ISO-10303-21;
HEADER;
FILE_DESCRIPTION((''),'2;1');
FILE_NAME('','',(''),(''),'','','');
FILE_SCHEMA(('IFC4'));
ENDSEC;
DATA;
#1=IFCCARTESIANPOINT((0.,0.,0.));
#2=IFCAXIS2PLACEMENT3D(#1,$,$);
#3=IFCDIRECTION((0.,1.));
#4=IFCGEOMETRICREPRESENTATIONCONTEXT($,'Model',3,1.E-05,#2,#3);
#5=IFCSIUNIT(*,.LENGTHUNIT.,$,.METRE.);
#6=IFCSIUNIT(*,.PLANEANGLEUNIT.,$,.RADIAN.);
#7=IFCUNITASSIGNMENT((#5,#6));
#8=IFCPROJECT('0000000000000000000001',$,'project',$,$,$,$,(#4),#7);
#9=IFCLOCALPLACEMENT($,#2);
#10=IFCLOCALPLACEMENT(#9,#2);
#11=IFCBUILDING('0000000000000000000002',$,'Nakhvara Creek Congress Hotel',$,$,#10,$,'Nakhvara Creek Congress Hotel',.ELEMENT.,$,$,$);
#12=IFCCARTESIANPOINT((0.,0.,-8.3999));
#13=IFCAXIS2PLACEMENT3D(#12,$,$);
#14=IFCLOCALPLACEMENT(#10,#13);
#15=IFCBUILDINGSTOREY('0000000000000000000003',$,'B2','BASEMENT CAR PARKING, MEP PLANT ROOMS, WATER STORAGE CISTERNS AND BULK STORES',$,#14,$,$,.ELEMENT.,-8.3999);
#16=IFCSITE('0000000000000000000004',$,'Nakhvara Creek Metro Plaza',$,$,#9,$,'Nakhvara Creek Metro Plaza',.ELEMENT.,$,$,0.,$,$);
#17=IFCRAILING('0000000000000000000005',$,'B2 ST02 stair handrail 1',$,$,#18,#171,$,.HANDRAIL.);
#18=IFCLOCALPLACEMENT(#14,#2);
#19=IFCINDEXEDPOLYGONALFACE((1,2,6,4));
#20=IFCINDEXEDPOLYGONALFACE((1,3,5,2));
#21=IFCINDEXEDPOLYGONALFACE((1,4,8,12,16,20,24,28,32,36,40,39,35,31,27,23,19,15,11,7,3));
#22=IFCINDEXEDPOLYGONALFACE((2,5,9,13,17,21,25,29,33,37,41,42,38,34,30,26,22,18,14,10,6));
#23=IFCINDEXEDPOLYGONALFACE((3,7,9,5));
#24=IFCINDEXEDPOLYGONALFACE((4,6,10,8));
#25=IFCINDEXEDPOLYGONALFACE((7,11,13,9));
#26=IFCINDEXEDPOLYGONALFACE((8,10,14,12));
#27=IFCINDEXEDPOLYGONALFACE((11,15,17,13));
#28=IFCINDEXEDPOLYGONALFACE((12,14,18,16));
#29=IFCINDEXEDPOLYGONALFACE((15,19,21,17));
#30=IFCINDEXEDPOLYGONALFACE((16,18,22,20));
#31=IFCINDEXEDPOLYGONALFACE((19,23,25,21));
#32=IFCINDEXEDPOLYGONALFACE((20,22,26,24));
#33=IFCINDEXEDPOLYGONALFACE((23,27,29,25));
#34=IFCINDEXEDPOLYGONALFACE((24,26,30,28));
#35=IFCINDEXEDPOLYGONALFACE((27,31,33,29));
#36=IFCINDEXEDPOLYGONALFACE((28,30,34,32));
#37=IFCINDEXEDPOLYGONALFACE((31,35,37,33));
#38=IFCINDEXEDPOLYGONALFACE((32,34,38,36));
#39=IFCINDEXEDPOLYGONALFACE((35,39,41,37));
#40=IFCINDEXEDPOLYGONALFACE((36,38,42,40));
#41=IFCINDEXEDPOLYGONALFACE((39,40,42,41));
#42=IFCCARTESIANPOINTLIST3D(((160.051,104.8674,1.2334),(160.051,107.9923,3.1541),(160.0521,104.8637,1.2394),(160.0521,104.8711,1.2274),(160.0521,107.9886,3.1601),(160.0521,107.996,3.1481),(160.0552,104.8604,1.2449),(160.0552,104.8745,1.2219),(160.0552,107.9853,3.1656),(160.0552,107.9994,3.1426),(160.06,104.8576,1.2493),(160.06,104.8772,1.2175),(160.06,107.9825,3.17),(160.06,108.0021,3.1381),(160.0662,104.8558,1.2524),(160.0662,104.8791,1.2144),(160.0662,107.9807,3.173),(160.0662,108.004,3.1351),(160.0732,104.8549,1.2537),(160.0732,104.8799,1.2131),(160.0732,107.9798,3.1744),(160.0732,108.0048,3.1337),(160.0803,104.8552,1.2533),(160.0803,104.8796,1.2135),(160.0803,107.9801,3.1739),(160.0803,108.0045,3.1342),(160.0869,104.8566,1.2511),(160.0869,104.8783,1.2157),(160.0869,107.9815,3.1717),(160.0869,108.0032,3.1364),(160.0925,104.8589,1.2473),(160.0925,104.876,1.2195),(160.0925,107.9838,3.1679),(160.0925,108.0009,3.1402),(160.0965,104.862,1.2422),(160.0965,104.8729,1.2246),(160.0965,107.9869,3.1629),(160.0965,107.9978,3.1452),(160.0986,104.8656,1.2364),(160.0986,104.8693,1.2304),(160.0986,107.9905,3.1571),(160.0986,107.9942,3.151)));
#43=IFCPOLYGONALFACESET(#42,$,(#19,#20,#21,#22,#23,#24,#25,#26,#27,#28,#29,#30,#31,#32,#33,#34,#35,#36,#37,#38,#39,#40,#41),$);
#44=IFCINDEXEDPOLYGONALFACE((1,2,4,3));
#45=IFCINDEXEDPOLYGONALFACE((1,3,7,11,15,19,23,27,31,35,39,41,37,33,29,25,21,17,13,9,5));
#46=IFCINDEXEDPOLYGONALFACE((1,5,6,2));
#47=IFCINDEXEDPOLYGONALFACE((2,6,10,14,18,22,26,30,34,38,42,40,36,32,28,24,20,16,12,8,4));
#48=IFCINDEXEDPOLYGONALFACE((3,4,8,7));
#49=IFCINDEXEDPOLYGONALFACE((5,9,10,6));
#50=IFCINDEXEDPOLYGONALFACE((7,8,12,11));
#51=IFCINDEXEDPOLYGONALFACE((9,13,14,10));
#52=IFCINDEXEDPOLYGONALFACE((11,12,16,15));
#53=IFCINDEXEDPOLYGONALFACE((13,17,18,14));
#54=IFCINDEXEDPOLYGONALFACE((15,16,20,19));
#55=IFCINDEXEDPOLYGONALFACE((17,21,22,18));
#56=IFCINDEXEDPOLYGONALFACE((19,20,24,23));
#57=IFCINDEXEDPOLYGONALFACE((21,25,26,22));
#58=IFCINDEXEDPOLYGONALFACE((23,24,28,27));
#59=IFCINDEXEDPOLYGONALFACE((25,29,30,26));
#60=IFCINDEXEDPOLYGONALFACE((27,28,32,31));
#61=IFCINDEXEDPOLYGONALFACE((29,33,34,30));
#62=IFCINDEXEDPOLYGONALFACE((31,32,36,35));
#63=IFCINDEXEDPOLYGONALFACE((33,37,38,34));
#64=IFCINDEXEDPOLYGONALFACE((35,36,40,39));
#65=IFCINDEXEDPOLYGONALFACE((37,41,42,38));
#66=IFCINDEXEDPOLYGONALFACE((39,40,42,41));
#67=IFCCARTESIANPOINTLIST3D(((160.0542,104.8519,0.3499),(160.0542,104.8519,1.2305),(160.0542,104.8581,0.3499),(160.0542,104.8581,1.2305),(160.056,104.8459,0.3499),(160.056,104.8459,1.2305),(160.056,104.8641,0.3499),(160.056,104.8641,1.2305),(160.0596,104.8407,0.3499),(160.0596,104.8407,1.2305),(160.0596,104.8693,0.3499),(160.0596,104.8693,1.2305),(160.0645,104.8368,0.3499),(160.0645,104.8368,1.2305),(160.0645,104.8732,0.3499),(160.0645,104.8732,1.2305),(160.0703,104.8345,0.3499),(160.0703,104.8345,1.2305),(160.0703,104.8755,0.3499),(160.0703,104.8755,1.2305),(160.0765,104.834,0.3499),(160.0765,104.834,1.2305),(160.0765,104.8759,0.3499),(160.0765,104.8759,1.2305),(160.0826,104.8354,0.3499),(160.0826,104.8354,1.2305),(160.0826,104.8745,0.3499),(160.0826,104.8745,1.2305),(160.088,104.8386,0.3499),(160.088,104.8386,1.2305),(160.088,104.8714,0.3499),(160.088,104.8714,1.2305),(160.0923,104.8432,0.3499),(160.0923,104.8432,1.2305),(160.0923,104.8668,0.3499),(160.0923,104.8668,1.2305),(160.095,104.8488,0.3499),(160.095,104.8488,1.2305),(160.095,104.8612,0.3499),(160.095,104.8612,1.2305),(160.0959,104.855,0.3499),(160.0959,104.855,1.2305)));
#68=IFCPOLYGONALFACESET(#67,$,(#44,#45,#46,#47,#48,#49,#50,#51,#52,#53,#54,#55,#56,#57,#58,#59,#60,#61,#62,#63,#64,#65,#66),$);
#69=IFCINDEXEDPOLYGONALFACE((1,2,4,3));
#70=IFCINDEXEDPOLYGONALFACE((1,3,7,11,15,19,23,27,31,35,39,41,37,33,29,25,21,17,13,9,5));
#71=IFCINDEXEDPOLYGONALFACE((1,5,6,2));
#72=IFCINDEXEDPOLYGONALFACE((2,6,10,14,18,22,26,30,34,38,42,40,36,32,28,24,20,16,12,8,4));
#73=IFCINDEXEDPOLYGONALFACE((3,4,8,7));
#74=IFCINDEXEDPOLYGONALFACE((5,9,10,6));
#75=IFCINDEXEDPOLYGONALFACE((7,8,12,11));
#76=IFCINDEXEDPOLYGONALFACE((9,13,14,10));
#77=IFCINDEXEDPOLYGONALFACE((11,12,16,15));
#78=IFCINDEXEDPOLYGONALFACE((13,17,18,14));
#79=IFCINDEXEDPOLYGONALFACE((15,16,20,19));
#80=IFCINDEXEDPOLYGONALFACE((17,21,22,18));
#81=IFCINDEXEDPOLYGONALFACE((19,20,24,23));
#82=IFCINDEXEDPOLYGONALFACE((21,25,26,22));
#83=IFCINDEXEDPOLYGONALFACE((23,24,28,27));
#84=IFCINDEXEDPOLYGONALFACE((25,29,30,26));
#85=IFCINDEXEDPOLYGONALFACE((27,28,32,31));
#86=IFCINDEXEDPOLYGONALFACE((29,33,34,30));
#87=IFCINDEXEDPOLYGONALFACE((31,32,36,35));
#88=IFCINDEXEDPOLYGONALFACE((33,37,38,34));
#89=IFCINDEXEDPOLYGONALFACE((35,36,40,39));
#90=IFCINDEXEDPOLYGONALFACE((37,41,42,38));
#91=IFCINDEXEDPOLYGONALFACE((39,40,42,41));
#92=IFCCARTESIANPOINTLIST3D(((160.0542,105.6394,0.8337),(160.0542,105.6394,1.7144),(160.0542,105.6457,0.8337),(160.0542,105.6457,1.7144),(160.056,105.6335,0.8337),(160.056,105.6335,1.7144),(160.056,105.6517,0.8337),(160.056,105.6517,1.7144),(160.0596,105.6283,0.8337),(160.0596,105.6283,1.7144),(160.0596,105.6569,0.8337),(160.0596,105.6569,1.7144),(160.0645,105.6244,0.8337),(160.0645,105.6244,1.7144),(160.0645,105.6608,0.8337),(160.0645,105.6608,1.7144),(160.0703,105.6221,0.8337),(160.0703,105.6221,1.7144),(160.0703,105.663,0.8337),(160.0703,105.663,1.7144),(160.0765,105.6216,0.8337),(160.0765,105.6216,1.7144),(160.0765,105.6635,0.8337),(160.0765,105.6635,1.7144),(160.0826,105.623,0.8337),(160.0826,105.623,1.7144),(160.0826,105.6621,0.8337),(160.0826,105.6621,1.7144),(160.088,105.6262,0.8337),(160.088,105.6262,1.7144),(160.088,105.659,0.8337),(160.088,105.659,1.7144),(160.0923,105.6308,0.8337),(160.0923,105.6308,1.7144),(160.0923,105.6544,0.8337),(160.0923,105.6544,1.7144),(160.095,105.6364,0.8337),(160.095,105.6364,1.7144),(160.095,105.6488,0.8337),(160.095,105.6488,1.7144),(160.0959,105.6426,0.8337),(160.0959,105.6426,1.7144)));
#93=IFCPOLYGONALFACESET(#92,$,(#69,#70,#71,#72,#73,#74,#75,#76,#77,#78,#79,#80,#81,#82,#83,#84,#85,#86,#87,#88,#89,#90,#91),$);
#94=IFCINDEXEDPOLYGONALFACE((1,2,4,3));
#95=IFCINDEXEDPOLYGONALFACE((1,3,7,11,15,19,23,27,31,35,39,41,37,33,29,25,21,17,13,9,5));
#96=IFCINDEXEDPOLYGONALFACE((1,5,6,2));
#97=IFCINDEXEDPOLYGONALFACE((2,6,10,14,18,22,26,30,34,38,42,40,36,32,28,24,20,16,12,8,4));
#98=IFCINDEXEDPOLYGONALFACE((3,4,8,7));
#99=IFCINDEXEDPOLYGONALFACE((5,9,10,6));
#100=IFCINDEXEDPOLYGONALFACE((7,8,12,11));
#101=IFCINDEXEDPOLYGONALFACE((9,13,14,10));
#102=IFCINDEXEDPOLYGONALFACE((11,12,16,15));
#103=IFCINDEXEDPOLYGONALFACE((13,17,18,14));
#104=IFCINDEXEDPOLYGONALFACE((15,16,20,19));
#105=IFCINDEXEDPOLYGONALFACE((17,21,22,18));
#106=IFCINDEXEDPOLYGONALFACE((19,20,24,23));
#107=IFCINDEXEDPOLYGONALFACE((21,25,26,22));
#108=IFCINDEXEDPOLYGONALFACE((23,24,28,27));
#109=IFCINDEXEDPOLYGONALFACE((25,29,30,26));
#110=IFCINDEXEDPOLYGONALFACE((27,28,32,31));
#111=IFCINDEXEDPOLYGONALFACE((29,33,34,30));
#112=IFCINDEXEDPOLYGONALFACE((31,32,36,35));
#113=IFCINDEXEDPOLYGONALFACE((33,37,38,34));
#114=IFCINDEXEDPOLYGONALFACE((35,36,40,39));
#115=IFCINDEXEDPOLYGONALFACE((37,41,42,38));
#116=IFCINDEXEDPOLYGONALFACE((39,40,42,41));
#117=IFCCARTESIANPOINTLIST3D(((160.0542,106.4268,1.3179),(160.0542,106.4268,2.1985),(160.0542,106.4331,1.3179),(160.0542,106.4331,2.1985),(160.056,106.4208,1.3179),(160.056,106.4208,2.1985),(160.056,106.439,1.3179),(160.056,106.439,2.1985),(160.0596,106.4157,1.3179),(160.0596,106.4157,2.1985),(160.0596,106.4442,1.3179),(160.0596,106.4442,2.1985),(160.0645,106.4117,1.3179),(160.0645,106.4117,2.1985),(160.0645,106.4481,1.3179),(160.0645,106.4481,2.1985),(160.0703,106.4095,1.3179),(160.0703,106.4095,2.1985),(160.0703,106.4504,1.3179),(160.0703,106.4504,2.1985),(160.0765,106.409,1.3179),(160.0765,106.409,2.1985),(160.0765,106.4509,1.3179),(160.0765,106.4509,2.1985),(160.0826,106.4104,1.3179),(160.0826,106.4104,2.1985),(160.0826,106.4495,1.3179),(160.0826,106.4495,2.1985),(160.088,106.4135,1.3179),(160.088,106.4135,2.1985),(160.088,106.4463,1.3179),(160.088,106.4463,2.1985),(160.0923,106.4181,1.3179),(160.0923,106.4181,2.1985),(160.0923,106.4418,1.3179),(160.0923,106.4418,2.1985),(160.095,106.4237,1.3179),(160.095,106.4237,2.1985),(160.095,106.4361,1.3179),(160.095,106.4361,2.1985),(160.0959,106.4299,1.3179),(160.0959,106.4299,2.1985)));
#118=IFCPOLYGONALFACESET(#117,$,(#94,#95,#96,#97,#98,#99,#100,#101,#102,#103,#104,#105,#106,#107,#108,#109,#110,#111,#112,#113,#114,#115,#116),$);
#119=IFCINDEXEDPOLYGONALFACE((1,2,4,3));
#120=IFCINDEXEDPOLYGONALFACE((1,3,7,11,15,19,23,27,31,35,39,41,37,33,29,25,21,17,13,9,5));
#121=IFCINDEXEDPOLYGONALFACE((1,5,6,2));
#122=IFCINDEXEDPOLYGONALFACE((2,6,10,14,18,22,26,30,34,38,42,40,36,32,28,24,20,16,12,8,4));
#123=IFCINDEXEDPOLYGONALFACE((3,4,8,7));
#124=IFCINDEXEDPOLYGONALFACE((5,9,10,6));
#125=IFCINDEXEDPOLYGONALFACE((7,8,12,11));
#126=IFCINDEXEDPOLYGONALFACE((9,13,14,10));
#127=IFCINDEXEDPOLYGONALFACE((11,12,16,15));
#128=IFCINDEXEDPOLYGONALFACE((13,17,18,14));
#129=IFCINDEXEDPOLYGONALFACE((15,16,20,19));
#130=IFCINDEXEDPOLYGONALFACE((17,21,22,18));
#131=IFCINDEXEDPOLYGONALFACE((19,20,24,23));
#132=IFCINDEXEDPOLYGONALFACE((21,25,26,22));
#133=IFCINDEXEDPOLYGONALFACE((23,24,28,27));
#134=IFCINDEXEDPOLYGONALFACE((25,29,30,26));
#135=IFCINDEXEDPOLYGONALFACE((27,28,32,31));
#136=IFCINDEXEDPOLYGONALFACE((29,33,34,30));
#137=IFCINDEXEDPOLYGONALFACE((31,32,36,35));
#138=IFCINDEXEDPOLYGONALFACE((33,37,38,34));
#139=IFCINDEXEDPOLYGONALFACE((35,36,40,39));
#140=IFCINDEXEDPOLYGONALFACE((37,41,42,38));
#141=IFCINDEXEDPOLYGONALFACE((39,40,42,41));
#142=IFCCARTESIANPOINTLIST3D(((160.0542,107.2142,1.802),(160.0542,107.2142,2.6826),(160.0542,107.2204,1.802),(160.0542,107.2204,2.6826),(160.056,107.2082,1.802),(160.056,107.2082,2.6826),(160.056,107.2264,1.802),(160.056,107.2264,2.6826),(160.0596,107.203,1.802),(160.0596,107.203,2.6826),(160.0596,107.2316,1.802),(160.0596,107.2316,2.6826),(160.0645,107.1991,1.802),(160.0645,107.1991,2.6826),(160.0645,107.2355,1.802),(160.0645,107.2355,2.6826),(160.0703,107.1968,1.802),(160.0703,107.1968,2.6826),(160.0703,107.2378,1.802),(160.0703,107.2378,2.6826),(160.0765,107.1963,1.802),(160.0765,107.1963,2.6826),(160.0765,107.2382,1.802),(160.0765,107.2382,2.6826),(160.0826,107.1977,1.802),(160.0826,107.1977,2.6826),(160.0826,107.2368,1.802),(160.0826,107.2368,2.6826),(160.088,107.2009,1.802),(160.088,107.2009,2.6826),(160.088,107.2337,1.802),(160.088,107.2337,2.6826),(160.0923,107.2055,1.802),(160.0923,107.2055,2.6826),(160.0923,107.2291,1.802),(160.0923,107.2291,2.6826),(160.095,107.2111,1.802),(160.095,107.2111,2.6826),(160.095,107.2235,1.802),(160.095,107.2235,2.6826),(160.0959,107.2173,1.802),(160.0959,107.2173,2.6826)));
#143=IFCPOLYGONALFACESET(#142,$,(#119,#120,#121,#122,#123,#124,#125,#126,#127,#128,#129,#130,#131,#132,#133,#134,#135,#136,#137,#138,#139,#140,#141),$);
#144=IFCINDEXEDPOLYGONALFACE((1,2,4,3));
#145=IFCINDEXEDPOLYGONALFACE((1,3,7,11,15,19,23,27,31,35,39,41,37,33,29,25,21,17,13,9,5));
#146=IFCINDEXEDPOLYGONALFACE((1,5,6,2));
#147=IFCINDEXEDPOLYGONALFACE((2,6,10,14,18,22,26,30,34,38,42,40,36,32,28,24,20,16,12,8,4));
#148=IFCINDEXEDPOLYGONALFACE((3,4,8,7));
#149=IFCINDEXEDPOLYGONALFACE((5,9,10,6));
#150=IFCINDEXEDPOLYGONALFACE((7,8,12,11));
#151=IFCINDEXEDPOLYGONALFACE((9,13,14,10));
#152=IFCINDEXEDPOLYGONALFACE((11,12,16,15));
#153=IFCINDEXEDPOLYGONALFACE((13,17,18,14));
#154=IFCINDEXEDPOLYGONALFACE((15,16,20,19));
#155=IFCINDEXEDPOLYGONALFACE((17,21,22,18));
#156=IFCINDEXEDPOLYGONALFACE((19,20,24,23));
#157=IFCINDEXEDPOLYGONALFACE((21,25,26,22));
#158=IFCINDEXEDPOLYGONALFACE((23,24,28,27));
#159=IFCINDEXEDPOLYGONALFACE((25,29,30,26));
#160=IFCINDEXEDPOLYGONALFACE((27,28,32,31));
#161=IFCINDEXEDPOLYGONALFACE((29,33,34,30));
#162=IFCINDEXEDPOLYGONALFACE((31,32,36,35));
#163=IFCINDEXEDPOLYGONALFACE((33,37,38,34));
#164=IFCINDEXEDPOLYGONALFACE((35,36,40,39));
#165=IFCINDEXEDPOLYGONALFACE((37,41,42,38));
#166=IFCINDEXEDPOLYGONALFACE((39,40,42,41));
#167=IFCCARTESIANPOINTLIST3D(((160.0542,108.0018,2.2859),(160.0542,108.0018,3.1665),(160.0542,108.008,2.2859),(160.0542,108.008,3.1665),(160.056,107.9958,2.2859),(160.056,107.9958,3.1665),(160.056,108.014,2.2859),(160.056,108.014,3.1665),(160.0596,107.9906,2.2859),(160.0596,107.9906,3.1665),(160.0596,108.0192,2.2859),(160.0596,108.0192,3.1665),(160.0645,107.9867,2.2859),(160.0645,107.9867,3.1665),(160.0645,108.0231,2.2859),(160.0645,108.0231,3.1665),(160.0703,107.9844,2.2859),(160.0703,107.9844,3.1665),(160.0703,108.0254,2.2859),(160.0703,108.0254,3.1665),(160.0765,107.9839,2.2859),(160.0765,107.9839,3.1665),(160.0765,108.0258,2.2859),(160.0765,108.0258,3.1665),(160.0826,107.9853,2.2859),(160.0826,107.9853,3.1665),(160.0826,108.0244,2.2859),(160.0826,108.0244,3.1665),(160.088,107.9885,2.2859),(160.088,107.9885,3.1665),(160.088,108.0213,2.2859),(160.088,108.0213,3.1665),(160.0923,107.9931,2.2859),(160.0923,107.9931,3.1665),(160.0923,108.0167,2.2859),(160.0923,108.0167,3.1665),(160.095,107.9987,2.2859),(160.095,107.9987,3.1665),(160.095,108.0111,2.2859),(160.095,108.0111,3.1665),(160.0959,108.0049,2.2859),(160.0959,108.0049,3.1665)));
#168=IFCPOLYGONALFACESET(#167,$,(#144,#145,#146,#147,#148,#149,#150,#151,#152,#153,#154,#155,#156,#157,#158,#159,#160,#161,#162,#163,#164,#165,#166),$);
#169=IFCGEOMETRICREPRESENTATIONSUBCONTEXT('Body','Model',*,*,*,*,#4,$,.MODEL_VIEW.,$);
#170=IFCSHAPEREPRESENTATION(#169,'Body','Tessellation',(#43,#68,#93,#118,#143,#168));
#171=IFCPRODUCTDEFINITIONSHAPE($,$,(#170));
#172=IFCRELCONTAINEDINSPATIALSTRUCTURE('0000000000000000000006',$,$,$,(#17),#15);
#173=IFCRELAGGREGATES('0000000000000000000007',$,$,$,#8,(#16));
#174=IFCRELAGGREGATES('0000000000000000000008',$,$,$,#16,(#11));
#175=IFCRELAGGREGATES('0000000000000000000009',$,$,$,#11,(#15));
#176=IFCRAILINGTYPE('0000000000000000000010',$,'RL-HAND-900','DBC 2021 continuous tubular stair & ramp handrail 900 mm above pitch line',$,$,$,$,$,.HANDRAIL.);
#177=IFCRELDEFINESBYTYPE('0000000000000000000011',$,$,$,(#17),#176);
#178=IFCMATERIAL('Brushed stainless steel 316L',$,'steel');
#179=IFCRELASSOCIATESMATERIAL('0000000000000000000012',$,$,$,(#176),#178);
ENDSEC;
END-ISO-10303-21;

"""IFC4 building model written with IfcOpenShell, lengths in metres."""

from ifc_helpers import new_model, si_unit, direction, frame, origin, origin_2d, place, context, subcontext, project, spatial, circle, extrude, material, type_object, element, save


model = new_model("IFC4")

# Units and contexts
model_context = context("Model", 3, precision=1e-05, world=origin(), true_north=direction((0.0, 1.0)))
body_context = subcontext(model_context, "Body", "Model", "MODEL_VIEW")
ifc_project = project(units=[si_unit("LENGTHUNIT", "METRE"), si_unit("PLANEANGLEUNIT", "RADIAN")], contexts=[model_context])

# Site, building, storey
site_placement = place(None, origin())
site = spatial("IfcSite", under=ifc_project, at=site_placement, Name="Nakhvara Creek Metro Plaza", LongName="Nakhvara Creek Metro Plaza", CompositionType="ELEMENT", RefElevation=0.0)
building_placement = place(site_placement, origin())
building = spatial("IfcBuilding", under=site, at=building_placement, Name="Nakhvara Creek Congress Hotel", LongName="Nakhvara Creek Congress Hotel", CompositionType="ELEMENT")
storey_placement = place(building_placement, frame((0.0, 0.0, -8.3999)))
storey = spatial("IfcBuildingStorey", under=building, at=storey_placement, Name="B2", Description="BASEMENT CAR PARKING, MEP PLANT ROOMS, WATER STORAGE CISTERNS AND BULK STORES", CompositionType="ELEMENT", Elevation=-8.3999)

# Railing
ifc_material_1 = material(Name="Brushed stainless steel 316L", Category="steel")
railing_type_1 = type_object("IfcRailingType", Name="RL-HAND-900", Description="DBC 2021 continuous tubular stair & ramp handrail 900 mm above pitch line", PredefinedType="HANDRAIL", material=ifc_material_1)
railing_1_placement = place(storey_placement, frame((160.075, 104.855, 0.3499)))
element("IfcRailing", 1, at=railing_1_placement, inside=storey, type_object=railing_type_1, Name="B2 ST02 stair handrail 1", PredefinedType="HANDRAIL", context=body_context, shape_type="SweptSolid", body=[
    extrude(circle(Radius=0.0239, at=origin_2d()), frame((0.0, 0.0125, 0.8835), z_axis=(0.0, 0.851944, 0.523633), x_axis=(-1.0, 0.0, 0.0)), (0.0, 0.0, 1.0), 3.668),
    extrude(circle(Radius=0.021, at=origin_2d()), origin(), (0.0, 0.0, 1.0), 0.8806),
    extrude(circle(Radius=0.021, at=origin_2d()), frame((0.0, 0.7876, 0.4839)), (0.0, 0.0, 1.0), 0.8806),
    extrude(circle(Radius=0.021, at=origin_2d()), frame((0.0, 1.575, 0.968)), (0.0, 0.0, 1.0), 0.8806),
    extrude(circle(Radius=0.021, at=origin_2d()), frame((0.0, 2.3623, 1.4521)), (0.0, 0.0, 1.0), 0.8806),
    extrude(circle(Radius=0.021, at=origin_2d()), frame((0.0, 3.1499, 1.936)), (0.0, 0.0, 1.0), 0.8806),
])

save(model, "model.ifc")
